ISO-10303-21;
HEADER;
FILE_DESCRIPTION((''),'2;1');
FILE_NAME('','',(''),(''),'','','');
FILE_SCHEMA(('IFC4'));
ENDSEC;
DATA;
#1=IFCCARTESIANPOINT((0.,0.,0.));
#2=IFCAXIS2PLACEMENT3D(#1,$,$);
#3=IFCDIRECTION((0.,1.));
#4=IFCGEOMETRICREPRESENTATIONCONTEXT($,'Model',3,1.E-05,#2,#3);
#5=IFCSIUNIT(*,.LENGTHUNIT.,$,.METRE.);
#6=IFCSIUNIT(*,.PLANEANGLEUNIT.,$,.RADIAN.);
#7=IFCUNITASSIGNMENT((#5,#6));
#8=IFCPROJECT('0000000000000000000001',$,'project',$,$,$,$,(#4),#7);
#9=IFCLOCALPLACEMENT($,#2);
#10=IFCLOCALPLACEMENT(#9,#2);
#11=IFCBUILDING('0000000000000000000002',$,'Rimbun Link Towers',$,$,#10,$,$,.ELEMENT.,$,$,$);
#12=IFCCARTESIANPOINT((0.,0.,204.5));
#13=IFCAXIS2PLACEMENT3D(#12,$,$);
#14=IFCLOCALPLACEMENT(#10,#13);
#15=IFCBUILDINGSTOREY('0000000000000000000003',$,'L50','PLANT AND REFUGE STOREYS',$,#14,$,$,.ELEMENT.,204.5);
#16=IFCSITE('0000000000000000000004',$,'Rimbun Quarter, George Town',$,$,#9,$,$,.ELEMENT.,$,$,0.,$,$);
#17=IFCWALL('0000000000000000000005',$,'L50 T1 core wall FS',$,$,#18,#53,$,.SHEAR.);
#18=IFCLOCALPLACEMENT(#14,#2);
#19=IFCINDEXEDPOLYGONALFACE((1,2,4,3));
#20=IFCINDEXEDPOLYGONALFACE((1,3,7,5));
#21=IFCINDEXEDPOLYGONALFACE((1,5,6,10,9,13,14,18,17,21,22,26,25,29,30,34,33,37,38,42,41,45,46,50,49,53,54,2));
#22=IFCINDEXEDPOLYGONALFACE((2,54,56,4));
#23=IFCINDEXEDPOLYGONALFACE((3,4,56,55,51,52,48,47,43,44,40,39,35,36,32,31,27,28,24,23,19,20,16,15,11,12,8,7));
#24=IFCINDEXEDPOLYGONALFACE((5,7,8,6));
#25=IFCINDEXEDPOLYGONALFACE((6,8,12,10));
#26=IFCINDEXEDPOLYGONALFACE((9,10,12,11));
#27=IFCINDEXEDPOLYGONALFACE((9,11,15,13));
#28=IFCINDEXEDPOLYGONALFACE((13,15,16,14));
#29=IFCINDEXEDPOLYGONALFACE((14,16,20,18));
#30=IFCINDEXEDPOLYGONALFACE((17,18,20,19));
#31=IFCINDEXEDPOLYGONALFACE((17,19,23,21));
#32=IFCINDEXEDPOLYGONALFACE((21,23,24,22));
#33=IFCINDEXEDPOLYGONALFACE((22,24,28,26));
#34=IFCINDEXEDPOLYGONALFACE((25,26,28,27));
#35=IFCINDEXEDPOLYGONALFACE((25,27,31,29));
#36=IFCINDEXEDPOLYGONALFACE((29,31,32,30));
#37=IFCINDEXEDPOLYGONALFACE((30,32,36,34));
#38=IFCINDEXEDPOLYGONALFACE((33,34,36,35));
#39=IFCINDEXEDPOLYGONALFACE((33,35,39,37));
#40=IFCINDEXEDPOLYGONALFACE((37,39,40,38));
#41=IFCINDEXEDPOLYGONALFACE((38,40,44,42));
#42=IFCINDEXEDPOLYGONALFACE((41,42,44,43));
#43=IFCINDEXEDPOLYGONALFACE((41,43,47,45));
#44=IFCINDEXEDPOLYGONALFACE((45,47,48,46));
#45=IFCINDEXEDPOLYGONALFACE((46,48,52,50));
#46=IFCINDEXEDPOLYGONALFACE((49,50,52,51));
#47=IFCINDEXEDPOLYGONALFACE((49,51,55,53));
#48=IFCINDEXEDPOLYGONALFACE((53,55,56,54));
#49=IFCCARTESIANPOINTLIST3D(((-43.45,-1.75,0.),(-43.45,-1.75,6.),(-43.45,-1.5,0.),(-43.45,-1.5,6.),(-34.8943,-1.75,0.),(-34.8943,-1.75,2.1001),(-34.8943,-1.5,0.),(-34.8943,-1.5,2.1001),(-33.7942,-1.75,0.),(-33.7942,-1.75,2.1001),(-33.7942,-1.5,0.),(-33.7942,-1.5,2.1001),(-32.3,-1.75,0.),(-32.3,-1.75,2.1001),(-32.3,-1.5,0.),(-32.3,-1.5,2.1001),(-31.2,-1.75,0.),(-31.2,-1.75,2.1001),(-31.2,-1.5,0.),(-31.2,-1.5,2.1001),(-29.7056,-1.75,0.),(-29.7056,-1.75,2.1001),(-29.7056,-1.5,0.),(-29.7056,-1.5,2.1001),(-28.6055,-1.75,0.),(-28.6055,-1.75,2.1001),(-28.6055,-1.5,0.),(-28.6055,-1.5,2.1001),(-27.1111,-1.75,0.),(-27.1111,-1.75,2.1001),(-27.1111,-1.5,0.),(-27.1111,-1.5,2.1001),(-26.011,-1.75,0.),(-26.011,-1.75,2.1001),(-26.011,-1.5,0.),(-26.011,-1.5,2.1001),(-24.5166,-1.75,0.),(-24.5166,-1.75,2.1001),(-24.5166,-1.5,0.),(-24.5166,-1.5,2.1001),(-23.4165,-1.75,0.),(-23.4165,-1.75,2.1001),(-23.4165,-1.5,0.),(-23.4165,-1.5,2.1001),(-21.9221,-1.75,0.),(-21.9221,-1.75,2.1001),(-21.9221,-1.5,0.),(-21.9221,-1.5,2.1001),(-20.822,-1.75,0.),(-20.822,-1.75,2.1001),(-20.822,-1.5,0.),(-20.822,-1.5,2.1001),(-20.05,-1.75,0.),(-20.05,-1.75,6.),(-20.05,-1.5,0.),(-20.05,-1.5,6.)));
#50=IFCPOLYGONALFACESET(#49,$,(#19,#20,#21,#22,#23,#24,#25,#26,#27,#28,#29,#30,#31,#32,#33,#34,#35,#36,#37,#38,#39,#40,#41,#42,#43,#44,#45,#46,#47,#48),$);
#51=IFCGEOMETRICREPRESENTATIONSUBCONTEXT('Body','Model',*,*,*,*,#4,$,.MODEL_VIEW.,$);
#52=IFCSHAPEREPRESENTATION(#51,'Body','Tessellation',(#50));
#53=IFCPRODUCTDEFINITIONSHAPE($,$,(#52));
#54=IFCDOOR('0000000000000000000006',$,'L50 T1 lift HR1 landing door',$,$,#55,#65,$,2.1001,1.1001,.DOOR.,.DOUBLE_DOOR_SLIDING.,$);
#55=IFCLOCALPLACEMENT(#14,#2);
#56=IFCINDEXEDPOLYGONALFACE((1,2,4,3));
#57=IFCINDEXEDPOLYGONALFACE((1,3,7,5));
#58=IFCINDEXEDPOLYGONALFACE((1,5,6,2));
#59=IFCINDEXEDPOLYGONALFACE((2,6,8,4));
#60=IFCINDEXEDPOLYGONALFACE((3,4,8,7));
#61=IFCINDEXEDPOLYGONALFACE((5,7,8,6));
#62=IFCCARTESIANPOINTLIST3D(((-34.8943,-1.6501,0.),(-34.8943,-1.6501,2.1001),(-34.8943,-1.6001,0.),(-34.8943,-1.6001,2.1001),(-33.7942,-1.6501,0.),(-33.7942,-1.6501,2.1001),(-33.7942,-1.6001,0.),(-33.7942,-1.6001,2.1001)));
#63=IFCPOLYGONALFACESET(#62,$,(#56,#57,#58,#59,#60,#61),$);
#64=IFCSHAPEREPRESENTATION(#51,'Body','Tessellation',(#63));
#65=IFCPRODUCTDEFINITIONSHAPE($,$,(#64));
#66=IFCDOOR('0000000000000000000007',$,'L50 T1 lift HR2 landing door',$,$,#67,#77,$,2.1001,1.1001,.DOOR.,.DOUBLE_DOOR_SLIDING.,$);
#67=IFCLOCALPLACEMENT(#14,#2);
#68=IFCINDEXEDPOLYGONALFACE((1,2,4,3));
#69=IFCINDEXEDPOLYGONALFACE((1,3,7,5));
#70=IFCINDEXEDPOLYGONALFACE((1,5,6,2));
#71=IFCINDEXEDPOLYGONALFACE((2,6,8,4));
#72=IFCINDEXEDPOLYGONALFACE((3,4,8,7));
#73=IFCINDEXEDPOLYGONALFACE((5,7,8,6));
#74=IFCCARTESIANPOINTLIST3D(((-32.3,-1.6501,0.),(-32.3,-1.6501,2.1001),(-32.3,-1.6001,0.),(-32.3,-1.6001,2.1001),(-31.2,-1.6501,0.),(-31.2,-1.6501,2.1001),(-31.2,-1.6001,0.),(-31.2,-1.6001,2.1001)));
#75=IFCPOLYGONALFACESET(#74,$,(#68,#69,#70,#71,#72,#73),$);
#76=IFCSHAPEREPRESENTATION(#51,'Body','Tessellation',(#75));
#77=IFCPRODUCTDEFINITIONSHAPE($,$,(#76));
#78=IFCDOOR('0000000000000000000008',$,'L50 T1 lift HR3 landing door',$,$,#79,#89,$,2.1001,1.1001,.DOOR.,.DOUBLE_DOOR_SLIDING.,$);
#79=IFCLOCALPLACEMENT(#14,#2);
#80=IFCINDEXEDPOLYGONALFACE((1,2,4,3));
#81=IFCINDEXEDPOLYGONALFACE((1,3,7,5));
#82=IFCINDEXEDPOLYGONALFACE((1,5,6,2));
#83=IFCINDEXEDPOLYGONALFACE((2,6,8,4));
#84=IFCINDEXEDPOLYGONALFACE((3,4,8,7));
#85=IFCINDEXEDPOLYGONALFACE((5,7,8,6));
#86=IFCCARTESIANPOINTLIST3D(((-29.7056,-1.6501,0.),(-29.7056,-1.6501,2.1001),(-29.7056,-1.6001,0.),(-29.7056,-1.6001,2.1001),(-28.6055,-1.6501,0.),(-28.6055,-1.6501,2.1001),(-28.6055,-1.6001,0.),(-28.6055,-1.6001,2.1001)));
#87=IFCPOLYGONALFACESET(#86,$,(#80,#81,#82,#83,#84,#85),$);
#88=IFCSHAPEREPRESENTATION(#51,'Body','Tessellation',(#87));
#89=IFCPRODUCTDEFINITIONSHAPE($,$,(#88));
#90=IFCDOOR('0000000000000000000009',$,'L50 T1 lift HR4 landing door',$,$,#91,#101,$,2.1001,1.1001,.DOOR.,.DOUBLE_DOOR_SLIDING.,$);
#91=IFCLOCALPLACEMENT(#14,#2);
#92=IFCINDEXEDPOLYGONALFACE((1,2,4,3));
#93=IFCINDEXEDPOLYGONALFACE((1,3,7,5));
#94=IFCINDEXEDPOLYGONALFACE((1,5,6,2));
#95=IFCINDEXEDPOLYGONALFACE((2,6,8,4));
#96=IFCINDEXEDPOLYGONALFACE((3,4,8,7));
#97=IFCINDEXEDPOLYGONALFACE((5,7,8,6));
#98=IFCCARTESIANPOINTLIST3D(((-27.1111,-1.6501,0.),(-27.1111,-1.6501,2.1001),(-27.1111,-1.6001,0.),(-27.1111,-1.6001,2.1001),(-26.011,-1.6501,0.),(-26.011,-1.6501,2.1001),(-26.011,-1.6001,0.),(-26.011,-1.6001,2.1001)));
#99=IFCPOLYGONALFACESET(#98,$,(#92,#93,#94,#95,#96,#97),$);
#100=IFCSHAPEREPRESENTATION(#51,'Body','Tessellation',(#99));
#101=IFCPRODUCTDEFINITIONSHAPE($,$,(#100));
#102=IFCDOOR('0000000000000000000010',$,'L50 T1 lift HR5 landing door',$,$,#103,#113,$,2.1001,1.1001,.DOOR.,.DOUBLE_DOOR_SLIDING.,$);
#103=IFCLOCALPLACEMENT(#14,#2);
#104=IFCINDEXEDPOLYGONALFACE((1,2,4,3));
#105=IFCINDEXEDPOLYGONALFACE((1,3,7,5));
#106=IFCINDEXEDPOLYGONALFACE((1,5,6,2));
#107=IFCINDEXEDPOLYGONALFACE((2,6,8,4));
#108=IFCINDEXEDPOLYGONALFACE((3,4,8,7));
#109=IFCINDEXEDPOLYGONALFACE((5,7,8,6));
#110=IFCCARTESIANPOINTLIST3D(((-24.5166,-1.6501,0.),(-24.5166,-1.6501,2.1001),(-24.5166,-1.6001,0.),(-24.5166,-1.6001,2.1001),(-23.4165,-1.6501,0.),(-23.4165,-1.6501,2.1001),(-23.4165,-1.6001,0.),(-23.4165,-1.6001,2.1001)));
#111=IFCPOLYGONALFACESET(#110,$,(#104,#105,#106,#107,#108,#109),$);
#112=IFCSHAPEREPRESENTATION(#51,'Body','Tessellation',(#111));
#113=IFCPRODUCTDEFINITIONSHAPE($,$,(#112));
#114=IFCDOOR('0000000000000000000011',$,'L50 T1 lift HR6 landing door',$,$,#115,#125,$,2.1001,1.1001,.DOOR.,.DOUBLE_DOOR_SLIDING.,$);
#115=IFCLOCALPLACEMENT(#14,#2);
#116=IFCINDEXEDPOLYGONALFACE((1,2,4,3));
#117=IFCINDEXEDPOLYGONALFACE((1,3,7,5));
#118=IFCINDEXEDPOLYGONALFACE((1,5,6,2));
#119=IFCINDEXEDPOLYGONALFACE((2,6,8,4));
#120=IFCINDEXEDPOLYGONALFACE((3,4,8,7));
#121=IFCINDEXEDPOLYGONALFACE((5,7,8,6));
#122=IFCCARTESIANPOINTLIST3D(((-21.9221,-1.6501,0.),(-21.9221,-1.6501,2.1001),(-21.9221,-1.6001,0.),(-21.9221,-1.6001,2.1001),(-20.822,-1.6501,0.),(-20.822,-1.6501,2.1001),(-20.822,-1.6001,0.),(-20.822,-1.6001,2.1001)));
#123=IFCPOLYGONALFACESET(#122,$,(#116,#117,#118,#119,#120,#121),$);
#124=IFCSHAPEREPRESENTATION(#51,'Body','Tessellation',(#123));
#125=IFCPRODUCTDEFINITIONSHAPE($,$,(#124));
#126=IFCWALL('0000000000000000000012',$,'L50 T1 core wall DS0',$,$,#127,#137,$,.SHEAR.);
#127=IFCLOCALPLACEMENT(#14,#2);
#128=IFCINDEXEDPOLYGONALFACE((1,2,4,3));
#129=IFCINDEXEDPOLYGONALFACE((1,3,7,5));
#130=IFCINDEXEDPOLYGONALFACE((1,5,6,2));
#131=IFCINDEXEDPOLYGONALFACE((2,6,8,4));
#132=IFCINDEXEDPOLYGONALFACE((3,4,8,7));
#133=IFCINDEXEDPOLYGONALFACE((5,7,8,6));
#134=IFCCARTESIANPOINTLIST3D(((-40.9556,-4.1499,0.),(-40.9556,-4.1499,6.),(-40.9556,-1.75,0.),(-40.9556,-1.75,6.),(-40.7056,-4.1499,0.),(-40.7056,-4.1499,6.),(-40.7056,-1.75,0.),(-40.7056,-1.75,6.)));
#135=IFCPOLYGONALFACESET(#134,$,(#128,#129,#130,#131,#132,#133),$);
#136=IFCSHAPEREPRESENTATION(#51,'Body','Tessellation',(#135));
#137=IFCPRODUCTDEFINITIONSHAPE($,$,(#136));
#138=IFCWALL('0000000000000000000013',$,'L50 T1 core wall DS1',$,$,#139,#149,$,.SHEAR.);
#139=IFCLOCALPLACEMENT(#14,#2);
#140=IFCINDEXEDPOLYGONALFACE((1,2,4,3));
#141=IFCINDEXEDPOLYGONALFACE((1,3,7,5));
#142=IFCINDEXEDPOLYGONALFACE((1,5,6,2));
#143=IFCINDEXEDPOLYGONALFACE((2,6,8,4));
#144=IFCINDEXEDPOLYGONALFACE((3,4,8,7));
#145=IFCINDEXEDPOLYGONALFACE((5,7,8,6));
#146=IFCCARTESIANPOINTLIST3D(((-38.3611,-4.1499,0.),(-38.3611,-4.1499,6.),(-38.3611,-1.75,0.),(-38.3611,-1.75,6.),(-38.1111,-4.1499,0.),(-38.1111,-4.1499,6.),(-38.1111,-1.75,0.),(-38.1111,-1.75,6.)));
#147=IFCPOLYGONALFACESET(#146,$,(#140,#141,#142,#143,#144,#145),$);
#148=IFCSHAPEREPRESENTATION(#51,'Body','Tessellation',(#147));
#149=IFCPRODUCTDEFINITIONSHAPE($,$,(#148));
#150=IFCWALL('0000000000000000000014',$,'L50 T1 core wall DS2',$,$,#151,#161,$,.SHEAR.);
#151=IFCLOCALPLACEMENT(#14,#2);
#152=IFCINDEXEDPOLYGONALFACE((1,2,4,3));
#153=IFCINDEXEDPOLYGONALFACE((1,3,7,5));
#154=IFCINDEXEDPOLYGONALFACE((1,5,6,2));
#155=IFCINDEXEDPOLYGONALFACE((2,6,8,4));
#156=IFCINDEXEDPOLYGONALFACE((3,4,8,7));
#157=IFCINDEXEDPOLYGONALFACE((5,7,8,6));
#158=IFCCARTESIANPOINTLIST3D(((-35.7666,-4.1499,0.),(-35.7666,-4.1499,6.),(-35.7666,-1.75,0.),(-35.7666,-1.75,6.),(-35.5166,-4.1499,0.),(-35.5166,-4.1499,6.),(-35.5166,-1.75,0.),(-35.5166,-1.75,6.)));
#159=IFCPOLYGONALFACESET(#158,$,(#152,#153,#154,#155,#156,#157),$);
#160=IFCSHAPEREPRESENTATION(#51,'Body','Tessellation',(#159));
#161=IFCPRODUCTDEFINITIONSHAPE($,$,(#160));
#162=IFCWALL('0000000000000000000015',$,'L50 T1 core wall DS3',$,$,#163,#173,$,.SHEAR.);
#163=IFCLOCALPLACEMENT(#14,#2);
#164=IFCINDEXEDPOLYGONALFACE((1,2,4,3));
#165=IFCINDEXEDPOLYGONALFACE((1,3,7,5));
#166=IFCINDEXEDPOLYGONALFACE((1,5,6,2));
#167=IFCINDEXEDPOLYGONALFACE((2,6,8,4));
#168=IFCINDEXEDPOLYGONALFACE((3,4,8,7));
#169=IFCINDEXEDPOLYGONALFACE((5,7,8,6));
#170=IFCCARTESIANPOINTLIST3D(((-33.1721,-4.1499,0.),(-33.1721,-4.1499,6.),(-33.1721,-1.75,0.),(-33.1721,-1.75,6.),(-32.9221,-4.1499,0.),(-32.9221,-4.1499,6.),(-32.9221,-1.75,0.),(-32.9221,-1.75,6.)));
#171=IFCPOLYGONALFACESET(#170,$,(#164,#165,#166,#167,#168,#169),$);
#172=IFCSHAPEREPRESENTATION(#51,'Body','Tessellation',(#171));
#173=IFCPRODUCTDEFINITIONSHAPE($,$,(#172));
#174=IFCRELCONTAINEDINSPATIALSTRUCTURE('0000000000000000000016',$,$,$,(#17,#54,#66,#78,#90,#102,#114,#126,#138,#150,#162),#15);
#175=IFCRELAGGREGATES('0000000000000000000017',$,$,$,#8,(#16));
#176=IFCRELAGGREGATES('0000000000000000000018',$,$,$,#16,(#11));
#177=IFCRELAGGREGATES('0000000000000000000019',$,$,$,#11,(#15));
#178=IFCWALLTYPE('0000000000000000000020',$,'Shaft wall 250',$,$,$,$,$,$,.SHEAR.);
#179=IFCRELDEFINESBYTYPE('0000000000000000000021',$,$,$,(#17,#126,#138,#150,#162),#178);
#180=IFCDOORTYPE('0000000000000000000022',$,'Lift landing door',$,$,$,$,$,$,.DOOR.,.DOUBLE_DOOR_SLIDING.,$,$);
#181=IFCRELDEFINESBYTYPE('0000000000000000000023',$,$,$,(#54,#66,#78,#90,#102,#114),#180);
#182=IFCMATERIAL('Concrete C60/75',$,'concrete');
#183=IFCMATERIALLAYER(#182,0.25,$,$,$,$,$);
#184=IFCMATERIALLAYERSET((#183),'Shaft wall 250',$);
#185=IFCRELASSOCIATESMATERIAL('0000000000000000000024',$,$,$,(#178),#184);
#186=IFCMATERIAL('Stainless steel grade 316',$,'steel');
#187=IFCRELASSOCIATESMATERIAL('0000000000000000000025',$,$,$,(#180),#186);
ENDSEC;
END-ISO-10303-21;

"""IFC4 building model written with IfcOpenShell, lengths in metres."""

from ifc_helpers import new_model, si_unit, direction, frame, frame_2d, origin, place, context, subcontext, project, spatial, rectangle, extrude, material, layer, layer_set, type_object, element, fill, save


model = new_model("IFC4")

# Units and contexts
model_context = context("Model", 3, precision=1e-05, world=origin(), true_north=direction((0.0, 1.0)))
body_context = subcontext(model_context, "Body", "Model", "MODEL_VIEW")
ifc_project = project(units=[si_unit("LENGTHUNIT", "METRE"), si_unit("PLANEANGLEUNIT", "RADIAN")], contexts=[model_context])

# Site, building, storey
site_placement = place(None, origin())
site = spatial("IfcSite", under=ifc_project, at=site_placement, Name="Rimbun Quarter, George Town", CompositionType="ELEMENT", RefElevation=0.0)
building_placement = place(site_placement, origin())
building = spatial("IfcBuilding", under=site, at=building_placement, Name="Rimbun Link Towers", CompositionType="ELEMENT")
storey_placement = place(building_placement, frame((0.0, 0.0, 204.5)))
storey = spatial("IfcBuildingStorey", under=building, at=storey_placement, Name="L50", Description="PLANT AND REFUGE STOREYS", CompositionType="ELEMENT", Elevation=204.5)

# Wall, openings, doors
ifc_material_1 = material(Name="Concrete C60/75", Category="concrete")
ifc_layer_1 = layer(ifc_material_1, 0.25)
ifc_layer_set_1 = layer_set([ifc_layer_1], Name="Shaft wall 250")
wall_type_1 = type_object("IfcWallType", Name="Shaft wall 250", PredefinedType="SHEAR", material=ifc_layer_set_1)
wall_1_placement = place(storey_placement, frame((-43.45, -1.625, 0.0), z_axis=(0.0, 0.0, 1.0), x_axis=(1.0, 0.0, 0.0)))
wall_1 = element("IfcWall", 1, at=wall_1_placement, inside=storey, type_object=wall_type_1, Name="L50 T1 core wall FS", PredefinedType="SHEAR", context=body_context, shape_type="SweptSolid", body=[
    extrude(rectangle(XDim=23.3999, YDim=0.25, at=frame_2d((11.7, 0.0))), origin(), (0.0, 0.0, 1.0), 6.0),
])
opening_1_placement = place(wall_1_placement, frame((8.5557, 0.0, 0.0)))
opening_1 = element("IfcOpeningElement", 2, at=opening_1_placement, cuts=wall_1, PredefinedType="OPENING", context=body_context, shape_type="SweptSolid", body=[
    extrude(rectangle(XDim=1.1001, YDim=2.1001, at=frame_2d((0.55, 1.05))), frame((0.0, 0.135, 0.0), z_axis=(0.0, -1.0, 0.0), x_axis=(1.0, 0.0, 0.0)), (0.0, 0.0, 1.0), 0.27),
])
opening_2_placement = place(wall_1_placement, frame((11.1499, 0.0, 0.0)))
opening_2 = element("IfcOpeningElement", 3, at=opening_2_placement, cuts=wall_1, PredefinedType="OPENING", context=body_context, shape_type="SweptSolid", body=[
    extrude(rectangle(XDim=1.1001, YDim=2.1001, at=frame_2d((0.55, 1.05))), frame((0.0, 0.135, 0.0), z_axis=(0.0, -1.0, 0.0), x_axis=(1.0, 0.0, 0.0)), (0.0, 0.0, 1.0), 0.27),
])
opening_3_placement = place(wall_1_placement, frame((13.7444, 0.0, 0.0)))
opening_3 = element("IfcOpeningElement", 4, at=opening_3_placement, cuts=wall_1, PredefinedType="OPENING", context=body_context, shape_type="SweptSolid", body=[
    extrude(rectangle(XDim=1.1001, YDim=2.1001, at=frame_2d((0.55, 1.05))), frame((0.0, 0.135, 0.0), z_axis=(0.0, -1.0, 0.0), x_axis=(1.0, 0.0, 0.0)), (0.0, 0.0, 1.0), 0.27),
])
opening_4_placement = place(wall_1_placement, frame((16.3389, 0.0, 0.0)))
opening_4 = element("IfcOpeningElement", 5, at=opening_4_placement, cuts=wall_1, PredefinedType="OPENING", context=body_context, shape_type="SweptSolid", body=[
    extrude(rectangle(XDim=1.1001, YDim=2.1001, at=frame_2d((0.55, 1.05))), frame((0.0, 0.135, 0.0), z_axis=(0.0, -1.0, 0.0), x_axis=(1.0, 0.0, 0.0)), (0.0, 0.0, 1.0), 0.27),
])
opening_5_placement = place(wall_1_placement, frame((18.9333, 0.0, 0.0)))
opening_5 = element("IfcOpeningElement", 6, at=opening_5_placement, cuts=wall_1, PredefinedType="OPENING", context=body_context, shape_type="SweptSolid", body=[
    extrude(rectangle(XDim=1.1001, YDim=2.1001, at=frame_2d((0.55, 1.05))), frame((0.0, 0.135, 0.0), z_axis=(0.0, -1.0, 0.0), x_axis=(1.0, 0.0, 0.0)), (0.0, 0.0, 1.0), 0.27),
])
opening_6_placement = place(wall_1_placement, frame((21.5278, 0.0, 0.0)))
opening_6 = element("IfcOpeningElement", 7, at=opening_6_placement, cuts=wall_1, PredefinedType="OPENING", context=body_context, shape_type="SweptSolid", body=[
    extrude(rectangle(XDim=1.1001, YDim=2.1001, at=frame_2d((0.55, 1.05))), frame((0.0, 0.135, 0.0), z_axis=(0.0, -1.0, 0.0), x_axis=(1.0, 0.0, 0.0)), (0.0, 0.0, 1.0), 0.27),
])
ifc_material_2 = material(Name="Stainless steel grade 316", Category="steel")
door_type_1 = type_object("IfcDoorType", Name="Lift landing door", OperationType="DOUBLE_DOOR_SLIDING", PredefinedType="DOOR", material=ifc_material_2)
door_1_placement = place(opening_1_placement, origin())
door_1 = element("IfcDoor", 8, at=door_1_placement, inside=storey, type_object=door_type_1, Name="L50 T1 lift HR1 landing door", OperationType="DOUBLE_DOOR_SLIDING", OverallHeight=2.1001, OverallWidth=1.1001, PredefinedType="DOOR", context=body_context, shape_type="SweptSolid", body=[
    extrude(rectangle(XDim=1.1001, YDim=2.1001, at=frame_2d((0.55, 1.05))), frame((0.0, 0.0249, 0.0), z_axis=(0.0, -1.0, 0.0), x_axis=(1.0, 0.0, 0.0)), (0.0, 0.0, 1.0), 0.05),
])
fill(opening_1, door_1)
door_2_placement = place(opening_2_placement, origin())
door_2 = element("IfcDoor", 9, at=door_2_placement, inside=storey, type_object=door_type_1, Name="L50 T1 lift HR2 landing door", OperationType="DOUBLE_DOOR_SLIDING", OverallHeight=2.1001, OverallWidth=1.1001, PredefinedType="DOOR", context=body_context, shape_type="SweptSolid", body=[
    extrude(rectangle(XDim=1.1001, YDim=2.1001, at=frame_2d((0.55, 1.05))), frame((0.0, 0.0249, 0.0), z_axis=(0.0, -1.0, 0.0), x_axis=(1.0, 0.0, 0.0)), (0.0, 0.0, 1.0), 0.05),
])
fill(opening_2, door_2)
door_3_placement = place(opening_3_placement, origin())
door_3 = element("IfcDoor", 10, at=door_3_placement, inside=storey, type_object=door_type_1, Name="L50 T1 lift HR3 landing door", OperationType="DOUBLE_DOOR_SLIDING", OverallHeight=2.1001, OverallWidth=1.1001, PredefinedType="DOOR", context=body_context, shape_type="SweptSolid", body=[
    extrude(rectangle(XDim=1.1001, YDim=2.1001, at=frame_2d((0.55, 1.05))), frame((0.0, 0.0249, 0.0), z_axis=(0.0, -1.0, 0.0), x_axis=(1.0, 0.0, 0.0)), (0.0, 0.0, 1.0), 0.05),
])
fill(opening_3, door_3)
door_4_placement = place(opening_4_placement, origin())
door_4 = element("IfcDoor", 11, at=door_4_placement, inside=storey, type_object=door_type_1, Name="L50 T1 lift HR4 landing door", OperationType="DOUBLE_DOOR_SLIDING", OverallHeight=2.1001, OverallWidth=1.1001, PredefinedType="DOOR", context=body_context, shape_type="SweptSolid", body=[
    extrude(rectangle(XDim=1.1001, YDim=2.1001, at=frame_2d((0.55, 1.05))), frame((0.0, 0.0249, 0.0), z_axis=(0.0, -1.0, 0.0), x_axis=(1.0, 0.0, 0.0)), (0.0, 0.0, 1.0), 0.05),
])
fill(opening_4, door_4)
door_5_placement = place(opening_5_placement, origin())
door_5 = element("IfcDoor", 12, at=door_5_placement, inside=storey, type_object=door_type_1, Name="L50 T1 lift HR5 landing door", OperationType="DOUBLE_DOOR_SLIDING", OverallHeight=2.1001, OverallWidth=1.1001, PredefinedType="DOOR", context=body_context, shape_type="SweptSolid", body=[
    extrude(rectangle(XDim=1.1001, YDim=2.1001, at=frame_2d((0.55, 1.05))), frame((0.0, 0.0249, 0.0), z_axis=(0.0, -1.0, 0.0), x_axis=(1.0, 0.0, 0.0)), (0.0, 0.0, 1.0), 0.05),
])
fill(opening_5, door_5)
door_6_placement = place(opening_6_placement, origin())
door_6 = element("IfcDoor", 13, at=door_6_placement, inside=storey, type_object=door_type_1, Name="L50 T1 lift HR6 landing door", OperationType="DOUBLE_DOOR_SLIDING", OverallHeight=2.1001, OverallWidth=1.1001, PredefinedType="DOOR", context=body_context, shape_type="SweptSolid", body=[
    extrude(rectangle(XDim=1.1001, YDim=2.1001, at=frame_2d((0.55, 1.05))), frame((0.0, 0.0249, 0.0), z_axis=(0.0, -1.0, 0.0), x_axis=(1.0, 0.0, 0.0)), (0.0, 0.0, 1.0), 0.05),
])
fill(opening_6, door_6)

# Walls
for number, where, z_axis, x_axis, name in (
    (14, (-40.8306, -4.1499, 0.0), (0.0, 0.0, 1.0), (0.0, 1.0, 0.0), "L50 T1 core wall DS0"),
    (15, (-38.2361, -4.1499, 0.0), (0.0, 0.0, 1.0), (0.0, 1.0, 0.0), "L50 T1 core wall DS1"),
    (16, (-35.6416, -4.1499, 0.0), (0.0, 0.0, 1.0), (0.0, 1.0, 0.0), "L50 T1 core wall DS2"),
    (17, (-33.0471, -4.1499, 0.0), (0.0, 0.0, 1.0), (0.0, 1.0, 0.0), "L50 T1 core wall DS3"),
):
    element("IfcWall", number, at=place(storey_placement, frame(where, z_axis=z_axis, x_axis=x_axis)), inside=storey, type_object=wall_type_1, Name=name, PredefinedType="SHEAR", context=body_context, shape_type="SweptSolid", body=[
        extrude(rectangle(XDim=2.3999, YDim=0.25, at=frame_2d((1.2, 0.0))), origin(), (0.0, 0.0, 1.0), 6.0),
    ])

save(model, "model.ifc")
